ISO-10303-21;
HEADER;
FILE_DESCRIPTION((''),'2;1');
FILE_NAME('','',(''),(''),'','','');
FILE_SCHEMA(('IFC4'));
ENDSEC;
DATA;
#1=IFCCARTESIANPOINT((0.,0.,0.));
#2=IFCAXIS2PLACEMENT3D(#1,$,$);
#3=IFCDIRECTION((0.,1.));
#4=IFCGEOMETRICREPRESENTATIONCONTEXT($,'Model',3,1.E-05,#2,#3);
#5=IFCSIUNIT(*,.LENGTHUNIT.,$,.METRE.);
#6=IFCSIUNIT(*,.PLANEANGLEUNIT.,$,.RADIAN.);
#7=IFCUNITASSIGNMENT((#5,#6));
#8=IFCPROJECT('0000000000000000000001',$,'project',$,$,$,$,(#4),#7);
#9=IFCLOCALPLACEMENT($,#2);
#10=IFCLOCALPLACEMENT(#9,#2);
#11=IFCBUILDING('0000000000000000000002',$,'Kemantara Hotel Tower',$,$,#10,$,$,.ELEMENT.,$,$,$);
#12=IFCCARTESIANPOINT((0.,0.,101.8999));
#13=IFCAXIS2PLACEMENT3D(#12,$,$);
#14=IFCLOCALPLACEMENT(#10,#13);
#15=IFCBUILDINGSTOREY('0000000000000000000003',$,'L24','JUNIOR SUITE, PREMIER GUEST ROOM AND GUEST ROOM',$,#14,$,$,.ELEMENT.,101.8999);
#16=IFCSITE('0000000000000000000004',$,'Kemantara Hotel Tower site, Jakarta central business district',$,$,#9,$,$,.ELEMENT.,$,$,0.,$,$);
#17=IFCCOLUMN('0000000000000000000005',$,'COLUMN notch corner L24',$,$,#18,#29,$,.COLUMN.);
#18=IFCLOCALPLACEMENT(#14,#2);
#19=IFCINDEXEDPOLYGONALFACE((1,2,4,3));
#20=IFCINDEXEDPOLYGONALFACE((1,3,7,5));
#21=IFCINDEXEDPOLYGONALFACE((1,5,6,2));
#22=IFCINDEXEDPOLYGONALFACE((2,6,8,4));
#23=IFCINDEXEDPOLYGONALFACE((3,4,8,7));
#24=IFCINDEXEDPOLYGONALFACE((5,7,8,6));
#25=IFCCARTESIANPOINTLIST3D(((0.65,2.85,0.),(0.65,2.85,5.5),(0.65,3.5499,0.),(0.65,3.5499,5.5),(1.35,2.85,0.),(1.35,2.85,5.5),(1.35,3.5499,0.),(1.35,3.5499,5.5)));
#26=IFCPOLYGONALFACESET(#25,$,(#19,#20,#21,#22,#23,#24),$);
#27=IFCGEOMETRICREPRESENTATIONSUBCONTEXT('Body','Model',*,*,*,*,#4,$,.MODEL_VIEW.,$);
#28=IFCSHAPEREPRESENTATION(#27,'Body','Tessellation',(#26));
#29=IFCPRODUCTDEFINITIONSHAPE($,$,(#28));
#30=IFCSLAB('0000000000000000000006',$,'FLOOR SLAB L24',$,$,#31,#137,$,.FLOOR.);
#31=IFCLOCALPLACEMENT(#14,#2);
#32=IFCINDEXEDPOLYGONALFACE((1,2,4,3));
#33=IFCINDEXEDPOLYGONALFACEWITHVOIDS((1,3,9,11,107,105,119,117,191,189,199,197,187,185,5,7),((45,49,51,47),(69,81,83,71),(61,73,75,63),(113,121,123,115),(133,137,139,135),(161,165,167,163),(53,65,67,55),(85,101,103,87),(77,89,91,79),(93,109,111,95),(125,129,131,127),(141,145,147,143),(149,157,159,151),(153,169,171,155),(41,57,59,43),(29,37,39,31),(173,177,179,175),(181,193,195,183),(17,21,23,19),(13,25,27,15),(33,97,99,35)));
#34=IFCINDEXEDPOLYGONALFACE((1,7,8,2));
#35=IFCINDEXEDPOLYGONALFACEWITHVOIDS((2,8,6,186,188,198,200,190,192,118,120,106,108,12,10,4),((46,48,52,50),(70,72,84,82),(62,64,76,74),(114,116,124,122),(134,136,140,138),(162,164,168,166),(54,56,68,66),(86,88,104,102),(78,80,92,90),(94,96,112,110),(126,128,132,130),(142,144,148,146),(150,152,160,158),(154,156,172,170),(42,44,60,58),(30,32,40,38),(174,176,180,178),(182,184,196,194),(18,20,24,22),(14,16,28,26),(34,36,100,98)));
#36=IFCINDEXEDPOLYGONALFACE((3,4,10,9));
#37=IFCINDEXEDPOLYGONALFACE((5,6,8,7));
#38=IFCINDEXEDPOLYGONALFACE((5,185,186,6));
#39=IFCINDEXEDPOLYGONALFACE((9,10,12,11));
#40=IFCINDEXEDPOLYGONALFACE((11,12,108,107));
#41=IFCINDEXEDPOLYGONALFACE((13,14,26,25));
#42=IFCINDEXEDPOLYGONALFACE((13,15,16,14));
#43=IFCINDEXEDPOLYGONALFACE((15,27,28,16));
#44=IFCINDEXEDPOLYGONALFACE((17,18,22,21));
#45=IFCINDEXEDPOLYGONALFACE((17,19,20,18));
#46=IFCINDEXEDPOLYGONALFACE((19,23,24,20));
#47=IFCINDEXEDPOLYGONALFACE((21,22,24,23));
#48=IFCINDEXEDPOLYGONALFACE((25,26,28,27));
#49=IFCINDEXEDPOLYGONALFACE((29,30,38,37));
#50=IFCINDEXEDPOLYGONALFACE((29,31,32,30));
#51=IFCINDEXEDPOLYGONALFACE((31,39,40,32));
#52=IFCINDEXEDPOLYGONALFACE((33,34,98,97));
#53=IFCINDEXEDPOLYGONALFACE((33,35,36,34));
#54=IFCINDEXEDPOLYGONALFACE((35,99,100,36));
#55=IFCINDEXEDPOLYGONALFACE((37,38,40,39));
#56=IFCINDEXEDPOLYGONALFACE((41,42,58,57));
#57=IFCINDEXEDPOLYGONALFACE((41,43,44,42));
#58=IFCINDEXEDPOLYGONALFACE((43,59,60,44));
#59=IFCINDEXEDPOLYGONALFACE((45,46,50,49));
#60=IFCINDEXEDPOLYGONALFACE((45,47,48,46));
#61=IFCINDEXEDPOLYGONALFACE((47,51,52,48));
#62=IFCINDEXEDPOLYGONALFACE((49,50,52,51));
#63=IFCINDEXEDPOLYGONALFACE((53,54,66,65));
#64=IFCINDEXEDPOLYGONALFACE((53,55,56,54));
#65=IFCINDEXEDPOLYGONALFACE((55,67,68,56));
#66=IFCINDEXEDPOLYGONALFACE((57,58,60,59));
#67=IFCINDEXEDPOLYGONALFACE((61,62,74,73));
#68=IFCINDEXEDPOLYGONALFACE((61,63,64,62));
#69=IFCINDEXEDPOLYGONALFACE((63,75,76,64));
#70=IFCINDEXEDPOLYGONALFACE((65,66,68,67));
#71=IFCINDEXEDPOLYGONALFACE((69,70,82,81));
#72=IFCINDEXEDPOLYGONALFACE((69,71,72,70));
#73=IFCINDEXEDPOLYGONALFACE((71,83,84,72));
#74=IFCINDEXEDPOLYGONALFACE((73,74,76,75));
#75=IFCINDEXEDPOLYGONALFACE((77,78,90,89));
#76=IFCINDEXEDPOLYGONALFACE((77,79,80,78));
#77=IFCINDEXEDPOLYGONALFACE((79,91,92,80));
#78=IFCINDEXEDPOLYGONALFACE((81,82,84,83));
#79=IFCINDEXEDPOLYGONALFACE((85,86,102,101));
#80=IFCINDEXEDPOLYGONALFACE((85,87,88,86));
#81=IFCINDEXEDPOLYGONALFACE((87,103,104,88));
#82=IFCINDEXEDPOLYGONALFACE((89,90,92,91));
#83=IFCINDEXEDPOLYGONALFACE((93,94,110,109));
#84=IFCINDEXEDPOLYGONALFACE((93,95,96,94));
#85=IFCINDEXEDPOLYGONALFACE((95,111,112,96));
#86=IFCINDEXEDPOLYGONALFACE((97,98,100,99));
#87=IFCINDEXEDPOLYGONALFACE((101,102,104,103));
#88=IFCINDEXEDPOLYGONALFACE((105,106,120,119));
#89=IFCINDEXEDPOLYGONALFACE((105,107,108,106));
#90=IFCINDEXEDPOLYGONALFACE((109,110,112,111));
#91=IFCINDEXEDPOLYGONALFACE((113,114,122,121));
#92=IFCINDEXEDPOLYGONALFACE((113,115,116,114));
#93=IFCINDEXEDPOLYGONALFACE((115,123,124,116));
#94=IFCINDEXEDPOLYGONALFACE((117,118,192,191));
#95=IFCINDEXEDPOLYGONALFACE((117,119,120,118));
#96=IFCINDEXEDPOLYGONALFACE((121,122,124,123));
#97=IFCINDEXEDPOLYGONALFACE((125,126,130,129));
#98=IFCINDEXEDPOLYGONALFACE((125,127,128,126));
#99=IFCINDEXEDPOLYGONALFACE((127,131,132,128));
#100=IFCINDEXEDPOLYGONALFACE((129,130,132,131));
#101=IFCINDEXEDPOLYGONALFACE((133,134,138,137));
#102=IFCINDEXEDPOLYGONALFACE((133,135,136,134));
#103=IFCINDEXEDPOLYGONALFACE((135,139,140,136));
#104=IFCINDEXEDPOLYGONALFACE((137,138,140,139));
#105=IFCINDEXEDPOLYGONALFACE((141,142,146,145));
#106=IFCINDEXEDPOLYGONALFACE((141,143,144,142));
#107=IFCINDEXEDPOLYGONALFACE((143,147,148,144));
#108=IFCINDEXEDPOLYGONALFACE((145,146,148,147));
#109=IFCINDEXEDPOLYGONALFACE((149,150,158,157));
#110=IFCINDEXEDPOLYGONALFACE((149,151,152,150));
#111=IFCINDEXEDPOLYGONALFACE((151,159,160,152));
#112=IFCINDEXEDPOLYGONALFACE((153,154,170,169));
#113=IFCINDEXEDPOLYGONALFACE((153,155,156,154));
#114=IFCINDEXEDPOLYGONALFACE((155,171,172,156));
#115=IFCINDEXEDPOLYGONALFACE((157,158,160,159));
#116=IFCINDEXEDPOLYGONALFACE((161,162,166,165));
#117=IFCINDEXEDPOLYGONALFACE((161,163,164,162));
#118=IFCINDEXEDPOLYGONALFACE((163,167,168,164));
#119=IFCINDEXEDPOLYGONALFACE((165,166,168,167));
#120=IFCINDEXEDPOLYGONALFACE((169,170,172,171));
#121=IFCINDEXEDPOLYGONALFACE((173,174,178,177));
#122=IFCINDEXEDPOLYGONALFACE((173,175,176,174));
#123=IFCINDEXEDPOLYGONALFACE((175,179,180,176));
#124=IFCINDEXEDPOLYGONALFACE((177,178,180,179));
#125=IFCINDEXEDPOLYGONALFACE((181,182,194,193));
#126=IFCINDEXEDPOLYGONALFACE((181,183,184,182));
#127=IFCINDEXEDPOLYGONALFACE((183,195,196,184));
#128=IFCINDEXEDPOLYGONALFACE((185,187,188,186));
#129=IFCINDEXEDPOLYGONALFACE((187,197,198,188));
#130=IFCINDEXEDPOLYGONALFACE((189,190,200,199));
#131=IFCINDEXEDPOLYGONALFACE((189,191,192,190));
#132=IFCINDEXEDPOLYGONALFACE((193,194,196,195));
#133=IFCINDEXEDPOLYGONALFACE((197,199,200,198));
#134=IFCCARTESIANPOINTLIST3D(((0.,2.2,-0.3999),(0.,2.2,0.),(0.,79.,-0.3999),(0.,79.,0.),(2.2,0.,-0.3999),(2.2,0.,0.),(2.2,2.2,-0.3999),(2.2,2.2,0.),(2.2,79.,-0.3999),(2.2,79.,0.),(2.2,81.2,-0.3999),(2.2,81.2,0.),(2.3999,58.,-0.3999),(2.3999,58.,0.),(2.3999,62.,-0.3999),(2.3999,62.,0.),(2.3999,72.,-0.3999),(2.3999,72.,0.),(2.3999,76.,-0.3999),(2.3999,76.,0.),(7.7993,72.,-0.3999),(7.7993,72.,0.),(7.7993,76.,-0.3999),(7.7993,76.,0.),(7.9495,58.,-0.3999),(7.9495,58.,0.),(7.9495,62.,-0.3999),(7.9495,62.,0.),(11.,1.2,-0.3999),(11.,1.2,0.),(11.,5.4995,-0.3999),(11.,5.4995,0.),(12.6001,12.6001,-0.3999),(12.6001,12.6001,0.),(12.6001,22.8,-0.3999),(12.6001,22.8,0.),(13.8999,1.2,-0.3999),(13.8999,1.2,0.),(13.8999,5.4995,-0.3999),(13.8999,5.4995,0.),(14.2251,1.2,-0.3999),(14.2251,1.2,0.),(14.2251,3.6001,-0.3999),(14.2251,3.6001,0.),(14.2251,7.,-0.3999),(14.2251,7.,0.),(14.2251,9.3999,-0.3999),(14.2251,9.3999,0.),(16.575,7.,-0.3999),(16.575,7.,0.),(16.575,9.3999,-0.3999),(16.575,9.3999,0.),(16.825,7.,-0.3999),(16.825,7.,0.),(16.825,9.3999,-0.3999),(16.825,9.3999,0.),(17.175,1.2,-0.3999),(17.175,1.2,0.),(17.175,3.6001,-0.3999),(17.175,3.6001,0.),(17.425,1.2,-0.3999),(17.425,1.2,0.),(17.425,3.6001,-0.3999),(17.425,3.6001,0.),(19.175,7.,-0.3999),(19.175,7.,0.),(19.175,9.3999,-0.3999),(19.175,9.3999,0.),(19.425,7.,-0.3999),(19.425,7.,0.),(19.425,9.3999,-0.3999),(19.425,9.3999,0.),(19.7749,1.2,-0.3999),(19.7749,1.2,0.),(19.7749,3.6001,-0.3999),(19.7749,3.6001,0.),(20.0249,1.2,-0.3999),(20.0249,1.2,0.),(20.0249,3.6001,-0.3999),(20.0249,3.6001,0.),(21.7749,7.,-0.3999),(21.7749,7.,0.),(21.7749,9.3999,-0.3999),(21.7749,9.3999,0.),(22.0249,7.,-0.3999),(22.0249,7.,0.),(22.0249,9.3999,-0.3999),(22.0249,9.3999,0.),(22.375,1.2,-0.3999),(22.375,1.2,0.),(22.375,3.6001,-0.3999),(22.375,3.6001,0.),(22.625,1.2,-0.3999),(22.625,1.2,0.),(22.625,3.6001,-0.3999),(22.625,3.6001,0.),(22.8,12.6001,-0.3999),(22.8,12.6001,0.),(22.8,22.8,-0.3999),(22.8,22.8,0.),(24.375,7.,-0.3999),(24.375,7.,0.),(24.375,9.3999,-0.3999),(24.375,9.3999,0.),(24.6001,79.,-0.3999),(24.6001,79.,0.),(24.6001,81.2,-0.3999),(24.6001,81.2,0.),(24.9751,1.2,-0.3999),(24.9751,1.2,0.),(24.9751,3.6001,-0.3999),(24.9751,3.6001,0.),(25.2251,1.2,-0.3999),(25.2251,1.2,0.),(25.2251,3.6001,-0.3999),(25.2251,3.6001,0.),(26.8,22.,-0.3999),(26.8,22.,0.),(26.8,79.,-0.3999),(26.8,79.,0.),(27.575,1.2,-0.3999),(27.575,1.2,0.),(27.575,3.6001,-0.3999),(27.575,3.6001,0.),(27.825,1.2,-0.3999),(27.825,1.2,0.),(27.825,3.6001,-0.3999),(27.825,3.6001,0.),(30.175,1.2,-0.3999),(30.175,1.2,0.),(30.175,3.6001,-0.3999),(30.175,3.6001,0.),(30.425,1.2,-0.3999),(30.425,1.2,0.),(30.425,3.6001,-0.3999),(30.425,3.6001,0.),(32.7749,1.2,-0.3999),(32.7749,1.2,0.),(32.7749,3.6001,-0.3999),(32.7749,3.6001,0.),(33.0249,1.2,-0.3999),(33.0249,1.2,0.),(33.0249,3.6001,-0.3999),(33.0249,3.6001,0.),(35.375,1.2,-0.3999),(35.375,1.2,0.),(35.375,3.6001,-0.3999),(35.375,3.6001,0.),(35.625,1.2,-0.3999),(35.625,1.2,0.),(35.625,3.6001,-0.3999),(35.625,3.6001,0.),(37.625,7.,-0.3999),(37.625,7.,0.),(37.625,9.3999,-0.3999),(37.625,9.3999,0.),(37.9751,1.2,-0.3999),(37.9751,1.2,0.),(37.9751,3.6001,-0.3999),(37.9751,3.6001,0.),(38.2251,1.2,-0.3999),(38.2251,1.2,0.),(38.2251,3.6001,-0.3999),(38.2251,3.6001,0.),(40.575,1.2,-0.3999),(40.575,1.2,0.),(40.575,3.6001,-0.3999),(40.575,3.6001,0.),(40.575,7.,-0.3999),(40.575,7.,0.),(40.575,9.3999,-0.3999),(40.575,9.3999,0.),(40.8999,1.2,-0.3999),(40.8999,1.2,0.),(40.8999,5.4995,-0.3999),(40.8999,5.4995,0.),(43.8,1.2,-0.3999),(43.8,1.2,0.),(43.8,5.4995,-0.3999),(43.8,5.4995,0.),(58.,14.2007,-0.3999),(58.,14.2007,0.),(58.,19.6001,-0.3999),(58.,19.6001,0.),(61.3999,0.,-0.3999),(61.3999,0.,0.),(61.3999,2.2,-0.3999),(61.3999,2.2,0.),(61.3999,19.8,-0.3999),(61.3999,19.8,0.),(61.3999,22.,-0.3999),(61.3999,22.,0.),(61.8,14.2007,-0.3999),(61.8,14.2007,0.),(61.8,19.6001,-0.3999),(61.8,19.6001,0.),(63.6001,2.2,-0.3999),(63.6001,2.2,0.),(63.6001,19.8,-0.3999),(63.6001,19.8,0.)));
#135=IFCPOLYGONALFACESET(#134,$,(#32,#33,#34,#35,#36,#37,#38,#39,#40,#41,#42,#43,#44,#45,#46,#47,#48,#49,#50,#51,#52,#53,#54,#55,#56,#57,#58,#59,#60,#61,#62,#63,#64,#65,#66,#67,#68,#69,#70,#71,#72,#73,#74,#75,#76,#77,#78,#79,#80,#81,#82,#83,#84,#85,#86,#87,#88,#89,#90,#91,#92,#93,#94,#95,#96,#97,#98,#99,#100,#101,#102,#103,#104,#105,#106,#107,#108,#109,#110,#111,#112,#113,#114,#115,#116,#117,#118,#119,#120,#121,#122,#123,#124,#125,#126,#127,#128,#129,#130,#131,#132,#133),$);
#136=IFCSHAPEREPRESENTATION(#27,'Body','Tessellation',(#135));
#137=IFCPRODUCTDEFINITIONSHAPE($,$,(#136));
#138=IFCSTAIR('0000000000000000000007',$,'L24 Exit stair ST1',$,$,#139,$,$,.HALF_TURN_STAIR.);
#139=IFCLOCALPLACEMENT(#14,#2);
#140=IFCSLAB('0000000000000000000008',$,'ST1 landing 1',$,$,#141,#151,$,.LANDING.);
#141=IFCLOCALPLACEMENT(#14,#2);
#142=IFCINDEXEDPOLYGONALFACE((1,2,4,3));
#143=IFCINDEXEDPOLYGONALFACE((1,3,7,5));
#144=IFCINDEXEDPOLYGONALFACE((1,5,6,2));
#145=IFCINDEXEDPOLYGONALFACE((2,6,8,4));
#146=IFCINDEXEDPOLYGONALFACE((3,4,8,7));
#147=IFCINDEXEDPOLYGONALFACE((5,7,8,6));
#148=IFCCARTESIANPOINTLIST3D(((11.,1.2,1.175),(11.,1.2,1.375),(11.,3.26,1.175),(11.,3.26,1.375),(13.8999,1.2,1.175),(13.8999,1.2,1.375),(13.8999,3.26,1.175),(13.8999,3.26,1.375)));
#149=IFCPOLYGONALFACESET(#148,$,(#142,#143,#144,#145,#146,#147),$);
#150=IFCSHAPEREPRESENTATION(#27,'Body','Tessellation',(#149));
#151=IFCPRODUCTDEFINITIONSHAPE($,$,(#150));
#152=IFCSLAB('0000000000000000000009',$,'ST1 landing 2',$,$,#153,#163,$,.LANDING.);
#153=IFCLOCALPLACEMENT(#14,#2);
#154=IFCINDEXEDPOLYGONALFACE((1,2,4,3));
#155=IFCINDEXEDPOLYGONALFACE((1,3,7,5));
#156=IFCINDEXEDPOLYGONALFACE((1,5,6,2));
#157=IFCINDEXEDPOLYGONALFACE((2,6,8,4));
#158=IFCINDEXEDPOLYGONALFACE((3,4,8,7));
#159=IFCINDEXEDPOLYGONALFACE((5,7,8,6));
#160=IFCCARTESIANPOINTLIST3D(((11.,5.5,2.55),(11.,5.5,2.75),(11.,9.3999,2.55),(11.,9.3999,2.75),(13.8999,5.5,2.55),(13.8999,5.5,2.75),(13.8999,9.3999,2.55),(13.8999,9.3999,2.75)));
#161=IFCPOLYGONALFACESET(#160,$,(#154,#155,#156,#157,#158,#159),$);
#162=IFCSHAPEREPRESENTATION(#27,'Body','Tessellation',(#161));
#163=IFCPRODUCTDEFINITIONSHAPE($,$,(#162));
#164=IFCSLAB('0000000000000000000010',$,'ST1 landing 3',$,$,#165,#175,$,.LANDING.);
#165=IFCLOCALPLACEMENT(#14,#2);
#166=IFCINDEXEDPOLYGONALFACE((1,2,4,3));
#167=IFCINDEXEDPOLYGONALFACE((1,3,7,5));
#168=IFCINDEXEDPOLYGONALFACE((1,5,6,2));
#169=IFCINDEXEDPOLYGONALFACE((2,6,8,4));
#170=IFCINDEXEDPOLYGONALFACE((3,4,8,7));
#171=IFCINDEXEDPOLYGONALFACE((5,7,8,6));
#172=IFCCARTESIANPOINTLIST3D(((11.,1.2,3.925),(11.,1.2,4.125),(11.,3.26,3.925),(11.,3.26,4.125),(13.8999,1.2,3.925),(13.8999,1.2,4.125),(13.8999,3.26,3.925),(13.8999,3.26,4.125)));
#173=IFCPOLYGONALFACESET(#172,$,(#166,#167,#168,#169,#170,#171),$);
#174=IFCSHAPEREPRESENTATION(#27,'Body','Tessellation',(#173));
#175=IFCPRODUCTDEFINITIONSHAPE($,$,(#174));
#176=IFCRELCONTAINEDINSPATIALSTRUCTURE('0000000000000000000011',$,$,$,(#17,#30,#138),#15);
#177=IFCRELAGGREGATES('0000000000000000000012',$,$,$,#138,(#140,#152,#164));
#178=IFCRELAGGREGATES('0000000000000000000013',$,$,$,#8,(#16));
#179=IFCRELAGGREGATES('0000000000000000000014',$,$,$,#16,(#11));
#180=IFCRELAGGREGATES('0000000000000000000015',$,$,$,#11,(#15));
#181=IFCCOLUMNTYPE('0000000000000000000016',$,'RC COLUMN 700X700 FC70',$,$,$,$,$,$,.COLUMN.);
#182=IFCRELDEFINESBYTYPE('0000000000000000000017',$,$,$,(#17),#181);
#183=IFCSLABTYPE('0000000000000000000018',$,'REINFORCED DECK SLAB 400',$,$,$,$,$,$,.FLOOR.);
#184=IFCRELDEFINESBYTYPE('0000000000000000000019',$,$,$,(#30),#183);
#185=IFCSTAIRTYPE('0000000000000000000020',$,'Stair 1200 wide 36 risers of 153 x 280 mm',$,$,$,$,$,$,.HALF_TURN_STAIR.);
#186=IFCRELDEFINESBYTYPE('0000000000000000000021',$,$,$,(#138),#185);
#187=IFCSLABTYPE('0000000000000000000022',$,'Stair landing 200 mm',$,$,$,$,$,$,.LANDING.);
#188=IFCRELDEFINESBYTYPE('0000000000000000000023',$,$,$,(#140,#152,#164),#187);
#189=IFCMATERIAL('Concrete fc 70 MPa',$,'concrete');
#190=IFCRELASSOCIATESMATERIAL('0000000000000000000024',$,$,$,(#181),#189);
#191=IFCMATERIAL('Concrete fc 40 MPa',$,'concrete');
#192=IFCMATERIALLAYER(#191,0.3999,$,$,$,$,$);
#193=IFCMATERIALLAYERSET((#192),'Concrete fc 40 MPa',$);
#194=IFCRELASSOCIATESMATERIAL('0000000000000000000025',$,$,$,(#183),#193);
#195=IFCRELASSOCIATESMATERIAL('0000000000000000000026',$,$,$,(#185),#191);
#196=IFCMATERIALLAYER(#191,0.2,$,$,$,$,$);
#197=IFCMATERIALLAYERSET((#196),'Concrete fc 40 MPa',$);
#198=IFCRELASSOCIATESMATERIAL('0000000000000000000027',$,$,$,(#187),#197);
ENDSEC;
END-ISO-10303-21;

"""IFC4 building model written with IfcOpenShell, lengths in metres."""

from ifc_helpers import new_model, si_unit, direction, frame, origin, origin_2d, place, context, subcontext, project, spatial, polyline, rectangle, outline, extrude, material, layer, layer_set, material_profile, profile_set, type_object, element, aggregate, save


model = new_model("IFC4")

# Units and contexts
model_context = context("Model", 3, precision=1e-05, world=origin(), true_north=direction((0.0, 1.0)))
body_context = subcontext(model_context, "Body", "Model", "MODEL_VIEW")
ifc_project = project(units=[si_unit("LENGTHUNIT", "METRE"), si_unit("PLANEANGLEUNIT", "RADIAN")], contexts=[model_context])

# Site, building, storey
site_placement = place(None, origin())
site = spatial("IfcSite", under=ifc_project, at=site_placement, Name="Kemantara Hotel Tower site, Jakarta central business district", CompositionType="ELEMENT", RefElevation=0.0)
building_placement = place(site_placement, origin())
building = spatial("IfcBuilding", under=site, at=building_placement, Name="Kemantara Hotel Tower", CompositionType="ELEMENT")
storey_placement = place(building_placement, frame((0.0, 0.0, 101.8999)))
storey = spatial("IfcBuildingStorey", under=building, at=storey_placement, Name="L24", Description="JUNIOR SUITE, PREMIER GUEST ROOM AND GUEST ROOM", CompositionType="ELEMENT", Elevation=101.8999)

# Column
ifc_material_1 = material(Name="Concrete fc 70 MPa", Category="concrete")
ifc_material_profile = material_profile(ifc_material_1, rectangle(XDim=0.7, YDim=0.7, at=origin_2d()), Name="RC 700X700")
ifc_profile_set = profile_set([ifc_material_profile], Name="Concrete fc 70 MPa")
column_type = type_object("IfcColumnType", Name="RC COLUMN 700X700 FC70", PredefinedType="COLUMN", material=ifc_profile_set)
column_placement = place(storey_placement, frame((1.0, 3.2, 0.0), z_axis=(0.0, 0.0, 1.0), x_axis=(1.0, 0.0, 0.0)))
element("IfcColumn", 1, at=column_placement, inside=storey, type_object=column_type, Name="COLUMN notch corner L24", PredefinedType="COLUMN", context=body_context, shape_type="SweptSolid", body=[
    extrude(rectangle(XDim=0.7, YDim=0.7, at=origin_2d()), origin(), (0.0, 0.0, 1.0), 5.5),
])

# Slab
ifc_material_2 = material(Name="Concrete fc 40 MPa", Category="concrete")
ifc_layer_1 = layer(ifc_material_2, 0.3999)
ifc_layer_set_1 = layer_set([ifc_layer_1], Name="Concrete fc 40 MPa")
slab_type_1 = type_object("IfcSlabType", Name="REINFORCED DECK SLAB 400", PredefinedType="FLOOR", material=ifc_layer_set_1)
slab_1_placement = place(storey_placement, frame((0.0, 0.0, -0.3999)))
element("IfcSlab", 2, at=slab_1_placement, inside=storey, type_object=slab_type_1, Name="FLOOR SLAB L24", PredefinedType="FLOOR", context=body_context, shape_type="SweptSolid", body=[
    extrude(outline(polyline([(26.8, 79.0), (24.6001, 79.0), (24.6001, 81.2), (2.2, 81.2), (2.2, 79.0), (0.0, 79.0), (0.0, 2.2), (2.2, 2.2), (2.2, 0.0), (61.3999, 0.0), (61.3999, 2.2), (63.6001, 2.2), (63.6001, 19.8), (61.3999, 19.8), (61.3999, 22.0), (26.8, 22.0), (26.8, 79.0)]), holes=[polyline([(17.175, 1.2), (14.2251, 1.2), (14.2251, 3.6001), (17.175, 3.6001), (17.175, 1.2)]), polyline([(19.7749, 1.2), (17.425, 1.2), (17.425, 3.6001), (19.7749, 3.6001), (19.7749, 1.2)]), polyline([(22.375, 1.2), (20.0249, 1.2), (20.0249, 3.6001), (22.375, 3.6001), (22.375, 1.2)]), polyline([(11.0, 5.4995), (13.8999, 5.4995), (13.8999, 1.2), (11.0, 1.2), (11.0, 5.4995)]), polyline([(14.2251, 7.0), (14.2251, 9.3999), (16.575, 9.3999), (16.575, 7.0), (14.2251, 7.0)]), polyline([(19.175, 7.0), (16.825, 7.0), (16.825, 9.3999), (19.175, 9.3999), (19.175, 7.0)]), polyline([(21.7749, 7.0), (19.425, 7.0), (19.425, 9.3999), (21.7749, 9.3999), (21.7749, 7.0)]), polyline([(24.375, 7.0), (22.0249, 7.0), (22.0249, 9.3999), (24.375, 9.3999), (24.375, 7.0)]), polyline([(12.6001, 12.6001), (12.6001, 22.8), (22.8, 22.8), (22.8, 12.6001), (12.6001, 12.6001)]), polyline([(7.9495, 62.0), (7.9495, 58.0), (2.3999, 58.0), (2.3999, 62.0), (7.9495, 62.0)]), polyline([(2.3999, 76.0), (7.7993, 76.0), (7.7993, 72.0), (2.3999, 72.0), (2.3999, 76.0)]), polyline([(24.9751, 1.2), (22.625, 1.2), (22.625, 3.6001), (24.9751, 3.6001), (24.9751, 1.2)]), polyline([(27.575, 1.2), (25.2251, 1.2), (25.2251, 3.6001), (27.575, 3.6001), (27.575, 1.2)]), polyline([(27.825, 1.2), (27.825, 3.6001), (30.175, 3.6001), (30.175, 1.2), (27.825, 1.2)]), polyline([(30.425, 1.2), (30.425, 3.6001), (32.7749, 3.6001), (32.7749, 1.2), (30.425, 1.2)]), polyline([(35.375, 1.2), (33.0249, 1.2), (33.0249, 3.6001), (35.375, 3.6001), (35.375, 1.2)]), polyline([(35.625, 1.2), (35.625, 3.6001), (37.9751, 3.6001), (37.9751, 1.2), (35.625, 1.2)]), polyline([(38.2251, 1.2), (38.2251, 3.6001), (40.575, 3.6001), (40.575, 1.2), (38.2251, 1.2)]), polyline([(40.8999, 1.2), (40.8999, 5.4995), (43.8, 5.4995), (43.8, 1.2), (40.8999, 1.2)]), polyline([(37.625, 7.0), (37.625, 9.3999), (40.575, 9.3999), (40.575, 7.0), (37.625, 7.0)]), polyline([(61.8, 14.2007), (58.0, 14.2007), (58.0, 19.6001), (61.8, 19.6001), (61.8, 14.2007)])]), origin(), (0.0, 0.0, 1.0), 0.3999),
])

# Stair, slabs
stair_type_1 = type_object("IfcStairType", Name="Stair 1200 wide 36 risers of 153 x 280 mm", PredefinedType="HALF_TURN_STAIR", material=ifc_material_2)
stair_1_placement = place(storey_placement, origin())
stair_1 = element("IfcStair", 3, at=stair_1_placement, inside=storey, type_object=stair_type_1, Name="L24 Exit stair ST1", PredefinedType="HALF_TURN_STAIR")
ifc_layer_2 = layer(ifc_material_2, 0.2)
ifc_layer_set_2 = layer_set([ifc_layer_2], Name="Concrete fc 40 MPa")
slab_type_2 = type_object("IfcSlabType", Name="Stair landing 200 mm", PredefinedType="LANDING", material=ifc_layer_set_2)
slab_2_placement = place(storey_placement, frame((0.0, 0.0, 1.175)))
slab_2 = element("IfcSlab", 4, at=slab_2_placement, type_object=slab_type_2, Name="ST1 landing 1", PredefinedType="LANDING", context=body_context, shape_type="SweptSolid", body=[
    extrude(outline(polyline([(11.0, 3.26), (11.0, 1.2), (13.8999, 1.2), (13.8999, 3.26), (11.0, 3.26)])), origin(), (0.0, 0.0, 1.0), 0.2),
])
slab_3_placement = place(storey_placement, frame((0.0, 0.0, 2.55)))
slab_3 = element("IfcSlab", 5, at=slab_3_placement, type_object=slab_type_2, Name="ST1 landing 2", PredefinedType="LANDING", context=body_context, shape_type="SweptSolid", body=[
    extrude(outline(polyline([(11.0, 9.3999), (11.0, 5.5), (13.8999, 5.5), (13.8999, 9.3999), (11.0, 9.3999)])), origin(), (0.0, 0.0, 1.0), 0.2),
])
slab_4_placement = place(storey_placement, frame((0.0, 0.0, 3.925)))
slab_4 = element("IfcSlab", 6, at=slab_4_placement, type_object=slab_type_2, Name="ST1 landing 3", PredefinedType="LANDING", context=body_context, shape_type="SweptSolid", body=[
    extrude(outline(polyline([(11.0, 3.26), (11.0, 1.2), (13.8999, 1.2), (13.8999, 3.26), (11.0, 3.26)])), origin(), (0.0, 0.0, 1.0), 0.2),
])
aggregate(stair_1, [slab_2, slab_3, slab_4])

save(model, "model.ifc")
